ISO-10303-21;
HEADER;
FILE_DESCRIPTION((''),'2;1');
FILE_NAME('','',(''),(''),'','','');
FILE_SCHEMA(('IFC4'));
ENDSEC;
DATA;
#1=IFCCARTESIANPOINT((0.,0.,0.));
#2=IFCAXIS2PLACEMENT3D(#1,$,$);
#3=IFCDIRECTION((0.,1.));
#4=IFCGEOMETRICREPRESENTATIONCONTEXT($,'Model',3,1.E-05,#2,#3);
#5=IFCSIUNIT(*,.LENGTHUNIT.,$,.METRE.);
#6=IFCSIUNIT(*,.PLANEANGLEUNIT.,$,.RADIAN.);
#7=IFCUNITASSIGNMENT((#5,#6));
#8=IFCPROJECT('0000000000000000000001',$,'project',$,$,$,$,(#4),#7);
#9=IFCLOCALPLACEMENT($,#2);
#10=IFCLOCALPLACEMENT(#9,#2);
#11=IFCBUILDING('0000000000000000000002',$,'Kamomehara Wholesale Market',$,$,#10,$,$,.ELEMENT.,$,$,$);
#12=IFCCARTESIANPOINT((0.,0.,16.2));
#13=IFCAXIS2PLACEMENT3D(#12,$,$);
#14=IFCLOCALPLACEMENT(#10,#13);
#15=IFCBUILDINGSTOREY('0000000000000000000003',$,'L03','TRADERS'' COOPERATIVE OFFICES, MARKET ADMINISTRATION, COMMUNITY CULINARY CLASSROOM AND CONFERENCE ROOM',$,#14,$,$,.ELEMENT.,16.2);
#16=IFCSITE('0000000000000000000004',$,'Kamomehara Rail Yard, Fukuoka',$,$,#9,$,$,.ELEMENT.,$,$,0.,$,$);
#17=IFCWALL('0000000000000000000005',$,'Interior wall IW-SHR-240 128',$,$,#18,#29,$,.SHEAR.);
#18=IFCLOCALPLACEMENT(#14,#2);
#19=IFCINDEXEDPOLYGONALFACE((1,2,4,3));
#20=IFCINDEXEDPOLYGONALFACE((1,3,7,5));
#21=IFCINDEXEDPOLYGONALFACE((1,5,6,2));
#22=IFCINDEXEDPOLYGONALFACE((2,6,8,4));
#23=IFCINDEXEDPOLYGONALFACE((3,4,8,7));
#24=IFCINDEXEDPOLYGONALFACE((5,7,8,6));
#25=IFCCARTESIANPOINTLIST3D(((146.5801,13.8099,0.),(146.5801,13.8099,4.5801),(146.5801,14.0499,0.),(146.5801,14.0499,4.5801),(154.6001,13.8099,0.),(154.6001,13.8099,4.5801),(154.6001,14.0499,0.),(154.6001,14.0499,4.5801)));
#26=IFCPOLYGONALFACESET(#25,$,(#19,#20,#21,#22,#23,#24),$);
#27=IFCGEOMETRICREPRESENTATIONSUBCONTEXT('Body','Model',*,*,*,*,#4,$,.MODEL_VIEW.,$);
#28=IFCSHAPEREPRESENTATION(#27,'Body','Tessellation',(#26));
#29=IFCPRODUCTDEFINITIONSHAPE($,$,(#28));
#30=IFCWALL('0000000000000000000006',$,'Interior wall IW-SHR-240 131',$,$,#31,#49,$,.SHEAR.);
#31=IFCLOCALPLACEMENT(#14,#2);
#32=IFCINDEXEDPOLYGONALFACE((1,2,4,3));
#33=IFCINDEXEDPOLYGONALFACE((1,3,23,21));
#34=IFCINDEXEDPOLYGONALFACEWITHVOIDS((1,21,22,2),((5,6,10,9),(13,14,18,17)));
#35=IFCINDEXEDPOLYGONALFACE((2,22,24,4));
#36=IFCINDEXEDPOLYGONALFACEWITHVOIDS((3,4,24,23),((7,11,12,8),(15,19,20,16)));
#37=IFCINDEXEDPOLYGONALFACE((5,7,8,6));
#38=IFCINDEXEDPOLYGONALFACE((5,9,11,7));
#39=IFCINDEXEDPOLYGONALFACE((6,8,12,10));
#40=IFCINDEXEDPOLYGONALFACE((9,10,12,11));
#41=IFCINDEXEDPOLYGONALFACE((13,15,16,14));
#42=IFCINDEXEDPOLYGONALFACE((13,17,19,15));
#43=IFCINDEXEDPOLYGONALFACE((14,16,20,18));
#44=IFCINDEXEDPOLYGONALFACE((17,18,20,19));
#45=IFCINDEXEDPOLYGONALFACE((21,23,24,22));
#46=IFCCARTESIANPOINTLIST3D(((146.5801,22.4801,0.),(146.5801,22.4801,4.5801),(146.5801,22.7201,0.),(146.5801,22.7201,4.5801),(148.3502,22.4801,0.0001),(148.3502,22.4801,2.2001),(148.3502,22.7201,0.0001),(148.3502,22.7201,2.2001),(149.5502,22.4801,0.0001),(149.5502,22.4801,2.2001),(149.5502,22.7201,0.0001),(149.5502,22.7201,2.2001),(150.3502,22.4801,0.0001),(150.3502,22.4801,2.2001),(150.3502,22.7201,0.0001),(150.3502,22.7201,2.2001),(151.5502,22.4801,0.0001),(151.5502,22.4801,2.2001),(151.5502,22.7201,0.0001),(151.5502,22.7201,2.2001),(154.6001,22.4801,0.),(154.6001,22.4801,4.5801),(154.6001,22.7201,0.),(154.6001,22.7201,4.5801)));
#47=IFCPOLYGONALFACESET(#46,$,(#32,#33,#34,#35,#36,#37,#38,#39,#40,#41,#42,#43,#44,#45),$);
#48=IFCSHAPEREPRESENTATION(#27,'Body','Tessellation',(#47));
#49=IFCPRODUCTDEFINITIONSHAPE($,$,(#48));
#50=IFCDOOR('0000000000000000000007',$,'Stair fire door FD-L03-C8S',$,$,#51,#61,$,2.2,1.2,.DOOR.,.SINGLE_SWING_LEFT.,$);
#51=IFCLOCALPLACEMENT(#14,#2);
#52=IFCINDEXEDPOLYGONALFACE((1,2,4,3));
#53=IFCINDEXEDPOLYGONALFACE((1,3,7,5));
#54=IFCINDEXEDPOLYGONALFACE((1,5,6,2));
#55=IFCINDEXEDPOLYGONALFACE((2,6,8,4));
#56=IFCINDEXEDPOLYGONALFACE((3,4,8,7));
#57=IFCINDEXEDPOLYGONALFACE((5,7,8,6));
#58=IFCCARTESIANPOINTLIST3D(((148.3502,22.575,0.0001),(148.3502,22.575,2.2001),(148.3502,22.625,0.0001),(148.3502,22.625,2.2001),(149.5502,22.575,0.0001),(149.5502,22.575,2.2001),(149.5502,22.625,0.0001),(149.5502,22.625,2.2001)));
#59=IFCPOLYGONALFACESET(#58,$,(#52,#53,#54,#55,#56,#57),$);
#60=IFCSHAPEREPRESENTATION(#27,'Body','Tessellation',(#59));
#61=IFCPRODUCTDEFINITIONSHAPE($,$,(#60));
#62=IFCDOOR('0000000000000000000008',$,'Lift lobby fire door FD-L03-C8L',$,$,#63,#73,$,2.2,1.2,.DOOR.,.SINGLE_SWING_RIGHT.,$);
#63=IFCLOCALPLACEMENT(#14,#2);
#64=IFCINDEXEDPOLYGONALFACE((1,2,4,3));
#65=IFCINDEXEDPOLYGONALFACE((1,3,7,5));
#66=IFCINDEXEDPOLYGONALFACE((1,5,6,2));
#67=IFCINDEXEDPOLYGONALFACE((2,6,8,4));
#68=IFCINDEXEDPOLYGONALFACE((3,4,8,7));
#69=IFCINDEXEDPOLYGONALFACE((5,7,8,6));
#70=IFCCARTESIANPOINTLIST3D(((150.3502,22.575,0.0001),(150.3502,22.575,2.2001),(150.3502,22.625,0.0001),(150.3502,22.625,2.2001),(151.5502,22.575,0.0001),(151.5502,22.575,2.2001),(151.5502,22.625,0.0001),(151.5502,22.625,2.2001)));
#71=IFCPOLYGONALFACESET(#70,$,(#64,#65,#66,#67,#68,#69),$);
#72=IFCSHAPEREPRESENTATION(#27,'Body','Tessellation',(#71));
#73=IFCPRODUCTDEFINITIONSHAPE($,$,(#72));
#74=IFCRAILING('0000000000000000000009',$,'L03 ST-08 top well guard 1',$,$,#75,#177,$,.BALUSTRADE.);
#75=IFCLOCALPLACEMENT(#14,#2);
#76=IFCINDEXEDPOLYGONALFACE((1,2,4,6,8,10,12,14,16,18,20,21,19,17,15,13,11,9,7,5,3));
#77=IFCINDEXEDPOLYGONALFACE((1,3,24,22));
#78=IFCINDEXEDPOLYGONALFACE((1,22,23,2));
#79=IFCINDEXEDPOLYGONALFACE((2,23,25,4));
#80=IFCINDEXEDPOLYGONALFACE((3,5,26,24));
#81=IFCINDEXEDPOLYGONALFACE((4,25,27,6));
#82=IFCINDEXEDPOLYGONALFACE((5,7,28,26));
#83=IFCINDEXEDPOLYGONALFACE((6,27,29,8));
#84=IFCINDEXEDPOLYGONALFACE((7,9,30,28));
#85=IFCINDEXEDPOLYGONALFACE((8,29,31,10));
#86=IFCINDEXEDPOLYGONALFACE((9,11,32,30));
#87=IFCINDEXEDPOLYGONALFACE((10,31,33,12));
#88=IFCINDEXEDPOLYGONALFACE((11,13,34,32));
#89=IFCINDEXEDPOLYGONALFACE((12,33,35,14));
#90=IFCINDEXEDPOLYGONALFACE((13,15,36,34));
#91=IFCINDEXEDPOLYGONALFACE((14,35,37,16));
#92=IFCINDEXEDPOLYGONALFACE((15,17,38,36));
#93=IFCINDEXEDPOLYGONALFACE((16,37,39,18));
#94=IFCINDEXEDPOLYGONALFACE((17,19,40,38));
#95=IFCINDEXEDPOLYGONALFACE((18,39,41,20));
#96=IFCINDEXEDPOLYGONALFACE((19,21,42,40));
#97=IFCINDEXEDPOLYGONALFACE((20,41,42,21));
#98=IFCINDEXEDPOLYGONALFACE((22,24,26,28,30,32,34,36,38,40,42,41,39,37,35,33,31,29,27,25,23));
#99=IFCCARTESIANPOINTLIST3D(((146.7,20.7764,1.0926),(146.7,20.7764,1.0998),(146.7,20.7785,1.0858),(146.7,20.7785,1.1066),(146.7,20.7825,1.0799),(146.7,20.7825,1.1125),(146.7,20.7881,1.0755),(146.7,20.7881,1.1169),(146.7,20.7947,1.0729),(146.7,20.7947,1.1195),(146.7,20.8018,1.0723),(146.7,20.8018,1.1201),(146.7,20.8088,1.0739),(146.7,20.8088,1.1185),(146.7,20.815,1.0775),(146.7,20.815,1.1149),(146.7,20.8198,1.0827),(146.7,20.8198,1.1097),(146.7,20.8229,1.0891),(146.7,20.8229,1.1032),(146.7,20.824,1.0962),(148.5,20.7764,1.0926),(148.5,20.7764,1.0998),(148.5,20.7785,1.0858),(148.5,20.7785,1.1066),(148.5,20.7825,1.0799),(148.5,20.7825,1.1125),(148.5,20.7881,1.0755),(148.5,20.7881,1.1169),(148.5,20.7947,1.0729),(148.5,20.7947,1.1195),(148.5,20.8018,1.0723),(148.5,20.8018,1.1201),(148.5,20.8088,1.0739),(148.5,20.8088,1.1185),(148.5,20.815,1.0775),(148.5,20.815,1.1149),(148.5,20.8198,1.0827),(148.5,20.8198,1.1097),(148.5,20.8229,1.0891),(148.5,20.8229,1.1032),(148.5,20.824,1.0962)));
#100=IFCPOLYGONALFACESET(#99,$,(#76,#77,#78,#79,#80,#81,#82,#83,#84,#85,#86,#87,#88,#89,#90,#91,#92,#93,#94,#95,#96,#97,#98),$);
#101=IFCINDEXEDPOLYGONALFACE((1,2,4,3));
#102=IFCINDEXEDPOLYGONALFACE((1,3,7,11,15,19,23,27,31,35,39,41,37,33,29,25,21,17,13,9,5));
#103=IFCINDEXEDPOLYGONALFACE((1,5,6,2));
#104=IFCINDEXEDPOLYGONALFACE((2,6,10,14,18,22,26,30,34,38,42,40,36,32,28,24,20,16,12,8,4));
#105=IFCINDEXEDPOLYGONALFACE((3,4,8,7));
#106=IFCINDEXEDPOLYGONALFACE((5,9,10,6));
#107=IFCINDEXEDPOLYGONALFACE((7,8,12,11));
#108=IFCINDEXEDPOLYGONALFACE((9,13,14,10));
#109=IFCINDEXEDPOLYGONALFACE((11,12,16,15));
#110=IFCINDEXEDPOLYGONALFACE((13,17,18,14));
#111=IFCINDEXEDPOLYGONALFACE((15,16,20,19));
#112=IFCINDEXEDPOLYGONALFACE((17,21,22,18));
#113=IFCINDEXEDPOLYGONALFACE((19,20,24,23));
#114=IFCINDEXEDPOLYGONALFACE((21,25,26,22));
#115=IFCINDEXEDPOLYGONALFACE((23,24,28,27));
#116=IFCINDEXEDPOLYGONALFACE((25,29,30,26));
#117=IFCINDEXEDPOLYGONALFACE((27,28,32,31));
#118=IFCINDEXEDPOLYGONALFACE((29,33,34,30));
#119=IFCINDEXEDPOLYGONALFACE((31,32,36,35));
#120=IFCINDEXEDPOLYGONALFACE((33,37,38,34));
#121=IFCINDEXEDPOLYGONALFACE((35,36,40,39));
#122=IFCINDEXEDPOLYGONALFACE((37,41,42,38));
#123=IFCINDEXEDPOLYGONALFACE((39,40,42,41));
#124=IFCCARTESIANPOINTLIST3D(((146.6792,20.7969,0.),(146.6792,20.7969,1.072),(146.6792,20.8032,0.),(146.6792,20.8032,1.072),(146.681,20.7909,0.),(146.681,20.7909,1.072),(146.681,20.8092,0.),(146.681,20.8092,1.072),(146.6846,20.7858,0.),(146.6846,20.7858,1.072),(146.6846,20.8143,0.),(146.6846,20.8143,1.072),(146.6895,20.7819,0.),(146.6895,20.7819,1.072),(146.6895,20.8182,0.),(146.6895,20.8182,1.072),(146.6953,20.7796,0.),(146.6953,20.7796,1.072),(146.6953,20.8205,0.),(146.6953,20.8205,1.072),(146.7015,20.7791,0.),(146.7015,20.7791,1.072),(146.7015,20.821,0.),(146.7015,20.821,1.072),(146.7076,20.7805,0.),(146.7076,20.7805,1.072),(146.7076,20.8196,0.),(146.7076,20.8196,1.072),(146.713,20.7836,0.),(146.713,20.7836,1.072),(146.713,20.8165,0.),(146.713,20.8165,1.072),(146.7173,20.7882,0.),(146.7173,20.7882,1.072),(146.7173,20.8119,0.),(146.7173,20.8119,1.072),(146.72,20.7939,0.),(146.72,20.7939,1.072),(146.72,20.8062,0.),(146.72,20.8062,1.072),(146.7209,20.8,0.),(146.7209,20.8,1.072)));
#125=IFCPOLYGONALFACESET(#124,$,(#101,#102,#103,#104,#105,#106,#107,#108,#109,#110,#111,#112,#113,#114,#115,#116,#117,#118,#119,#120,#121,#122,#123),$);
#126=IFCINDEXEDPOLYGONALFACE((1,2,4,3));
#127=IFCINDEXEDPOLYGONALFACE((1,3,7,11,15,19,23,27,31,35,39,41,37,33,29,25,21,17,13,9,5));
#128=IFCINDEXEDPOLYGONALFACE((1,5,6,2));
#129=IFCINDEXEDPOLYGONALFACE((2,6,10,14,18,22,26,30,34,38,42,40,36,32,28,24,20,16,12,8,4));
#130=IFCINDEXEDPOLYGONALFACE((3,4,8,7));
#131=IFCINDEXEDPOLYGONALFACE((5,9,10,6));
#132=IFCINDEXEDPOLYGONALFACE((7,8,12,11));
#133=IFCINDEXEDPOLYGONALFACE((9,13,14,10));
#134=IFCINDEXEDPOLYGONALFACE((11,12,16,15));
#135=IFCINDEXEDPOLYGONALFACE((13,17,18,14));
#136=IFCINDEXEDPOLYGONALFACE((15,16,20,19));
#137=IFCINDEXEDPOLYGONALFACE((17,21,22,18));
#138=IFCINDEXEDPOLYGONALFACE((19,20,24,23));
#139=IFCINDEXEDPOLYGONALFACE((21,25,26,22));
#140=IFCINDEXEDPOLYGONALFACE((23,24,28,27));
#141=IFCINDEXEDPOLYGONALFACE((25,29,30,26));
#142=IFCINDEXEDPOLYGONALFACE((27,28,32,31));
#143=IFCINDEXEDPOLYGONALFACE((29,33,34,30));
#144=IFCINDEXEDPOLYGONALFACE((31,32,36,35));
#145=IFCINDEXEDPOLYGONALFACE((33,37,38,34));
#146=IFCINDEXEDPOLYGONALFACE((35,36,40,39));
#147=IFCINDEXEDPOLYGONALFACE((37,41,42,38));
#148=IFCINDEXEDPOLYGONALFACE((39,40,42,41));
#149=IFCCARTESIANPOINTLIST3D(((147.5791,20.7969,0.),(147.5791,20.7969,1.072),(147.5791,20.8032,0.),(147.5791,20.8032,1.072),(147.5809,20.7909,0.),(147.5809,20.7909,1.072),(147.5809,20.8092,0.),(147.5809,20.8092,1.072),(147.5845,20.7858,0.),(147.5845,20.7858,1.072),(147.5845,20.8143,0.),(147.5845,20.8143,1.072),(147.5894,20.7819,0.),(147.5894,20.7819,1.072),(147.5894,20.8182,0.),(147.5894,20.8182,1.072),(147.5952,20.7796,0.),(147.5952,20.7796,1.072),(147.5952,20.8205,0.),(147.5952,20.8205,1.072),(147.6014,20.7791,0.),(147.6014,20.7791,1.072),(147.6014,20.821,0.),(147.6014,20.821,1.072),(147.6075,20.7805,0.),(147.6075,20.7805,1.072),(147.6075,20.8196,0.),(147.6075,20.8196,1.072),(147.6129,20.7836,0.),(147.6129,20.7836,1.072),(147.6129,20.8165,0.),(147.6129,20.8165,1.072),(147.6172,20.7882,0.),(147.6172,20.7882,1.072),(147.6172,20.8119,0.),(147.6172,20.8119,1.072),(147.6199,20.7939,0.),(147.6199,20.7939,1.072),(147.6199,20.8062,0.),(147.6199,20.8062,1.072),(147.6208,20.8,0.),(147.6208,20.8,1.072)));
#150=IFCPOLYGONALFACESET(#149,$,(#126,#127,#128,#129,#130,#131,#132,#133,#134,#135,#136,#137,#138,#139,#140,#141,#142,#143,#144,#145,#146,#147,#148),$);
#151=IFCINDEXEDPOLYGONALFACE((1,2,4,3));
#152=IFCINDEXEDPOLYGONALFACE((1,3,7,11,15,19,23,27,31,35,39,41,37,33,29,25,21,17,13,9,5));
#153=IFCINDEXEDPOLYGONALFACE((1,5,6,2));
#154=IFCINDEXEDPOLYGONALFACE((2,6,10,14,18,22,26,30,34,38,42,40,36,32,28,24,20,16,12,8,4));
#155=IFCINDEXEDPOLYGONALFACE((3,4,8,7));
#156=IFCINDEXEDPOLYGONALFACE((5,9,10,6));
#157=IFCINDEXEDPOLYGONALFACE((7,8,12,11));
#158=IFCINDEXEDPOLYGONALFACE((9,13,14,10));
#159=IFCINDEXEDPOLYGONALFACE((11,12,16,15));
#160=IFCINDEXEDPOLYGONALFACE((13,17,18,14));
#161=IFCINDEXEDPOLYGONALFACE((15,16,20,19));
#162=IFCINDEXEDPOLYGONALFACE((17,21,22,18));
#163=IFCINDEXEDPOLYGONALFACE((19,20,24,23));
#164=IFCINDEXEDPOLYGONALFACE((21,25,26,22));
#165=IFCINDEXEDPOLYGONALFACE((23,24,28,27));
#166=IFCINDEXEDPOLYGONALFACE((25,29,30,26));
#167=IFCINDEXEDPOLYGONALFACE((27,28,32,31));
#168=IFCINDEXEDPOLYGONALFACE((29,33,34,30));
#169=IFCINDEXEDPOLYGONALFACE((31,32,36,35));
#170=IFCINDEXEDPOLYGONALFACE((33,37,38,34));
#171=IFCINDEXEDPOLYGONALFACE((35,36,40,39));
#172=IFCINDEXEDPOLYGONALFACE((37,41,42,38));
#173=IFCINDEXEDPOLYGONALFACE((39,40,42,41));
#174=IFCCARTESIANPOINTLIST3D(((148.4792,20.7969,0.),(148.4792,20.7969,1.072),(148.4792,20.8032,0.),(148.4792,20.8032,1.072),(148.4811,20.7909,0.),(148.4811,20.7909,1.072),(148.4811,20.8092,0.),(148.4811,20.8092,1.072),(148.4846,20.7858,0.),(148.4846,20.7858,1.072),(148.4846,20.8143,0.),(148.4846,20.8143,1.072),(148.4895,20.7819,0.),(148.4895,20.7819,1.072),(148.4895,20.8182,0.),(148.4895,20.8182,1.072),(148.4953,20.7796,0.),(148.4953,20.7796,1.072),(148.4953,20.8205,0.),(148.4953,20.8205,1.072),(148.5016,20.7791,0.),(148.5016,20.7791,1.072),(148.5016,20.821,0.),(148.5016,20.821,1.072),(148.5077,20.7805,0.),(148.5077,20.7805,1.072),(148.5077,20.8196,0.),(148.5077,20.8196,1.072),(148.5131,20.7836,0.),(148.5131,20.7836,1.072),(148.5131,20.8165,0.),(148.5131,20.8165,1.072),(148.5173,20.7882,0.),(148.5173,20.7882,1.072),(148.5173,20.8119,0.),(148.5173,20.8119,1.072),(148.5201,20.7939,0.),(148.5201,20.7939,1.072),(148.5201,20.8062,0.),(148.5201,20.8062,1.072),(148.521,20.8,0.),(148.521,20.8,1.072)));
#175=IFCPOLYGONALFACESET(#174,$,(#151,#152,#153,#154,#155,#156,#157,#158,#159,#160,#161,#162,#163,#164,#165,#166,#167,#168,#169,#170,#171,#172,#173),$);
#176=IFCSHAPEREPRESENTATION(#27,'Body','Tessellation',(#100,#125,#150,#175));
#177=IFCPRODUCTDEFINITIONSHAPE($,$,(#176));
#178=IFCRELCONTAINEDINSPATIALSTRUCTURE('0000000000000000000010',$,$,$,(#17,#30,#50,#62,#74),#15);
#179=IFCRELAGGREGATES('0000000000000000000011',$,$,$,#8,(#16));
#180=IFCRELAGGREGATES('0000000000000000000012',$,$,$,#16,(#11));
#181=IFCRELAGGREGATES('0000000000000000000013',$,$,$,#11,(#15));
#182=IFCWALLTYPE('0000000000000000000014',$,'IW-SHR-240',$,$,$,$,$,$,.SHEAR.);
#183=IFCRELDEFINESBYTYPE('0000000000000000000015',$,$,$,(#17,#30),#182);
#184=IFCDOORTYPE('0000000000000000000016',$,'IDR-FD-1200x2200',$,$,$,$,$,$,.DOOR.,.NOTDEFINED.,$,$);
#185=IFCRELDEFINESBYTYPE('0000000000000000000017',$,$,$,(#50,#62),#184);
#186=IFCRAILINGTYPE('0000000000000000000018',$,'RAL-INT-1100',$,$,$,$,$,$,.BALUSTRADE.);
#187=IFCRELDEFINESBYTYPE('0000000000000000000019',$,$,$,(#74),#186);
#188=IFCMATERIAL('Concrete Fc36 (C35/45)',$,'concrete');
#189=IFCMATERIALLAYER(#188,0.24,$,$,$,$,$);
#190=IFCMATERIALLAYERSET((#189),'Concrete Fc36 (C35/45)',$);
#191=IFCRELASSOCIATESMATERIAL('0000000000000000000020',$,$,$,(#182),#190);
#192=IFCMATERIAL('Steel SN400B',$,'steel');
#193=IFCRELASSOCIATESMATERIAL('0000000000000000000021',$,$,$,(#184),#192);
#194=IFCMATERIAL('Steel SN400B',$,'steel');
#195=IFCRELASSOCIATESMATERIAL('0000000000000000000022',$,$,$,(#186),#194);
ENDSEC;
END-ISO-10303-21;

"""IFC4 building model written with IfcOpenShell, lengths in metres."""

from ifc_helpers import new_model, si_unit, direction, frame, frame_2d, origin, origin_2d, place, context, subcontext, project, spatial, rectangle, circle, extrude, material, layer, layer_set, type_object, element, fill, save


model = new_model("IFC4")

# Units and contexts
model_context = context("Model", 3, precision=1e-05, world=origin(), true_north=direction((0.0, 1.0)))
body_context = subcontext(model_context, "Body", "Model", "MODEL_VIEW")
ifc_project = project(units=[si_unit("LENGTHUNIT", "METRE"), si_unit("PLANEANGLEUNIT", "RADIAN")], contexts=[model_context])

# Site, building, storey
site_placement = place(None, origin())
site = spatial("IfcSite", under=ifc_project, at=site_placement, Name="Kamomehara Rail Yard, Fukuoka", CompositionType="ELEMENT", RefElevation=0.0)
building_placement = place(site_placement, origin())
building = spatial("IfcBuilding", under=site, at=building_placement, Name="Kamomehara Wholesale Market", CompositionType="ELEMENT")
storey_placement = place(building_placement, frame((0.0, 0.0, 16.2)))
storey = spatial("IfcBuildingStorey", under=building, at=storey_placement, Name="L03", Description="TRADERS' COOPERATIVE OFFICES, MARKET ADMINISTRATION, COMMUNITY CULINARY CLASSROOM AND CONFERENCE ROOM", CompositionType="ELEMENT", Elevation=16.2)

# Wall
ifc_material_1 = material(Name="Concrete Fc36 (C35/45)", Category="concrete")
ifc_layer_1 = layer(ifc_material_1, 0.24)
ifc_layer_set_1 = layer_set([ifc_layer_1], Name="Concrete Fc36 (C35/45)")
wall_type_1 = type_object("IfcWallType", Name="IW-SHR-240", PredefinedType="SHEAR", material=ifc_layer_set_1)
wall_1_placement = place(storey_placement, frame((146.5801, 13.9299, 0.0), z_axis=(0.0, 0.0, 1.0), x_axis=(1.0, 0.0, 0.0)))
element("IfcWall", 1, at=wall_1_placement, inside=storey, type_object=wall_type_1, Name="Interior wall IW-SHR-240 128", PredefinedType="SHEAR", context=body_context, shape_type="SweptSolid", body=[
    extrude(rectangle(XDim=8.02, YDim=0.24, at=frame_2d((4.01, 0.0))), origin(), (0.0, 0.0, 1.0), 4.5801),
])

# Wall, openings, doors
wall_2_placement = place(storey_placement, frame((146.5801, 22.6001, 0.0), z_axis=(0.0, 0.0, 1.0), x_axis=(1.0, 0.0, 0.0)))
wall_2 = element("IfcWall", 2, at=wall_2_placement, inside=storey, type_object=wall_type_1, Name="Interior wall IW-SHR-240 131", PredefinedType="SHEAR", context=body_context, shape_type="SweptSolid", body=[
    extrude(rectangle(XDim=8.02, YDim=0.24, at=frame_2d((4.01, 0.0))), origin(), (0.0, 0.0, 1.0), 4.5801),
])
opening_1_placement = place(wall_2_placement, frame((1.77, 0.0, 0.0)))
opening_1 = element("IfcOpeningElement", 3, at=opening_1_placement, cuts=wall_2, PredefinedType="OPENING", context=body_context, shape_type="SweptSolid", body=[
    extrude(rectangle(XDim=1.2, YDim=2.2, at=frame_2d((0.6001, 1.1001))), frame((0.0, 0.1348, 0.0), z_axis=(0.0, -1.0, 0.0), x_axis=(1.0, 0.0, 0.0)), (0.0, 0.0, 1.0), 0.2698),
])
opening_2_placement = place(wall_2_placement, frame((3.77, 0.0, 0.0)))
opening_2 = element("IfcOpeningElement", 4, at=opening_2_placement, cuts=wall_2, PredefinedType="OPENING", context=body_context, shape_type="SweptSolid", body=[
    extrude(rectangle(XDim=1.2, YDim=2.2, at=frame_2d((0.6001, 1.1001))), frame((0.0, 0.1348, 0.0), z_axis=(0.0, -1.0, 0.0), x_axis=(1.0, 0.0, 0.0)), (0.0, 0.0, 1.0), 0.2698),
])
ifc_material_2 = material(Name="Steel SN400B", Category="steel")
door_type = type_object("IfcDoorType", Name="IDR-FD-1200x2200", OperationType="NOTDEFINED", PredefinedType="DOOR", material=ifc_material_2)
door_1_placement = place(opening_1_placement, origin())
door_1 = element("IfcDoor", 5, at=door_1_placement, inside=storey, type_object=door_type, Name="Stair fire door FD-L03-C8S", OperationType="SINGLE_SWING_LEFT", OverallHeight=2.2, OverallWidth=1.2, PredefinedType="DOOR", context=body_context, shape_type="SweptSolid", body=[
    extrude(rectangle(XDim=1.2, YDim=2.2, at=frame_2d((0.6001, 1.1001))), frame((0.0, 0.0249, 0.0), z_axis=(0.0, -1.0, 0.0), x_axis=(1.0, 0.0, 0.0)), (0.0, 0.0, 1.0), 0.05),
])
fill(opening_1, door_1)
door_2_placement = place(opening_2_placement, origin())
door_2 = element("IfcDoor", 6, at=door_2_placement, inside=storey, type_object=door_type, Name="Lift lobby fire door FD-L03-C8L", OperationType="SINGLE_SWING_RIGHT", OverallHeight=2.2, OverallWidth=1.2, PredefinedType="DOOR", context=body_context, shape_type="SweptSolid", body=[
    extrude(rectangle(XDim=1.2, YDim=2.2, at=frame_2d((0.6001, 1.1001))), frame((0.0, 0.0249, 0.0), z_axis=(0.0, -1.0, 0.0), x_axis=(1.0, 0.0, 0.0)), (0.0, 0.0, 1.0), 0.05),
])
fill(opening_2, door_2)

# Railing
ifc_material_3 = material(Name="Steel SN400B", Category="steel")
railing_type = type_object("IfcRailingType", Name="RAL-INT-1100", PredefinedType="BALUSTRADE", material=ifc_material_3)
railing_1_placement = place(storey_placement, frame((146.7, 20.8, 0.0)))
element("IfcRailing", 7, at=railing_1_placement, inside=storey, type_object=railing_type, Name="L03 ST-08 top well guard 1", PredefinedType="BALUSTRADE", context=body_context, shape_type="SweptSolid", body=[
    extrude(circle(Radius=0.0239, at=origin_2d()), frame((0.0, 0.0, 1.0962), z_axis=(1.0, 0.0, 0.0), x_axis=(0.0, 1.0, 0.0)), (0.0, 0.0, 1.0), 1.8),
    extrude(circle(Radius=0.021, at=origin_2d()), origin(), (0.0, 0.0, 1.0), 1.072),
    extrude(circle(Radius=0.021, at=origin_2d()), frame((0.8999, 0.0, 0.0)), (0.0, 0.0, 1.0), 1.072),
    extrude(circle(Radius=0.021, at=origin_2d()), frame((1.8, 0.0, 0.0)), (0.0, 0.0, 1.0), 1.072),
])

save(model, "model.ifc")
